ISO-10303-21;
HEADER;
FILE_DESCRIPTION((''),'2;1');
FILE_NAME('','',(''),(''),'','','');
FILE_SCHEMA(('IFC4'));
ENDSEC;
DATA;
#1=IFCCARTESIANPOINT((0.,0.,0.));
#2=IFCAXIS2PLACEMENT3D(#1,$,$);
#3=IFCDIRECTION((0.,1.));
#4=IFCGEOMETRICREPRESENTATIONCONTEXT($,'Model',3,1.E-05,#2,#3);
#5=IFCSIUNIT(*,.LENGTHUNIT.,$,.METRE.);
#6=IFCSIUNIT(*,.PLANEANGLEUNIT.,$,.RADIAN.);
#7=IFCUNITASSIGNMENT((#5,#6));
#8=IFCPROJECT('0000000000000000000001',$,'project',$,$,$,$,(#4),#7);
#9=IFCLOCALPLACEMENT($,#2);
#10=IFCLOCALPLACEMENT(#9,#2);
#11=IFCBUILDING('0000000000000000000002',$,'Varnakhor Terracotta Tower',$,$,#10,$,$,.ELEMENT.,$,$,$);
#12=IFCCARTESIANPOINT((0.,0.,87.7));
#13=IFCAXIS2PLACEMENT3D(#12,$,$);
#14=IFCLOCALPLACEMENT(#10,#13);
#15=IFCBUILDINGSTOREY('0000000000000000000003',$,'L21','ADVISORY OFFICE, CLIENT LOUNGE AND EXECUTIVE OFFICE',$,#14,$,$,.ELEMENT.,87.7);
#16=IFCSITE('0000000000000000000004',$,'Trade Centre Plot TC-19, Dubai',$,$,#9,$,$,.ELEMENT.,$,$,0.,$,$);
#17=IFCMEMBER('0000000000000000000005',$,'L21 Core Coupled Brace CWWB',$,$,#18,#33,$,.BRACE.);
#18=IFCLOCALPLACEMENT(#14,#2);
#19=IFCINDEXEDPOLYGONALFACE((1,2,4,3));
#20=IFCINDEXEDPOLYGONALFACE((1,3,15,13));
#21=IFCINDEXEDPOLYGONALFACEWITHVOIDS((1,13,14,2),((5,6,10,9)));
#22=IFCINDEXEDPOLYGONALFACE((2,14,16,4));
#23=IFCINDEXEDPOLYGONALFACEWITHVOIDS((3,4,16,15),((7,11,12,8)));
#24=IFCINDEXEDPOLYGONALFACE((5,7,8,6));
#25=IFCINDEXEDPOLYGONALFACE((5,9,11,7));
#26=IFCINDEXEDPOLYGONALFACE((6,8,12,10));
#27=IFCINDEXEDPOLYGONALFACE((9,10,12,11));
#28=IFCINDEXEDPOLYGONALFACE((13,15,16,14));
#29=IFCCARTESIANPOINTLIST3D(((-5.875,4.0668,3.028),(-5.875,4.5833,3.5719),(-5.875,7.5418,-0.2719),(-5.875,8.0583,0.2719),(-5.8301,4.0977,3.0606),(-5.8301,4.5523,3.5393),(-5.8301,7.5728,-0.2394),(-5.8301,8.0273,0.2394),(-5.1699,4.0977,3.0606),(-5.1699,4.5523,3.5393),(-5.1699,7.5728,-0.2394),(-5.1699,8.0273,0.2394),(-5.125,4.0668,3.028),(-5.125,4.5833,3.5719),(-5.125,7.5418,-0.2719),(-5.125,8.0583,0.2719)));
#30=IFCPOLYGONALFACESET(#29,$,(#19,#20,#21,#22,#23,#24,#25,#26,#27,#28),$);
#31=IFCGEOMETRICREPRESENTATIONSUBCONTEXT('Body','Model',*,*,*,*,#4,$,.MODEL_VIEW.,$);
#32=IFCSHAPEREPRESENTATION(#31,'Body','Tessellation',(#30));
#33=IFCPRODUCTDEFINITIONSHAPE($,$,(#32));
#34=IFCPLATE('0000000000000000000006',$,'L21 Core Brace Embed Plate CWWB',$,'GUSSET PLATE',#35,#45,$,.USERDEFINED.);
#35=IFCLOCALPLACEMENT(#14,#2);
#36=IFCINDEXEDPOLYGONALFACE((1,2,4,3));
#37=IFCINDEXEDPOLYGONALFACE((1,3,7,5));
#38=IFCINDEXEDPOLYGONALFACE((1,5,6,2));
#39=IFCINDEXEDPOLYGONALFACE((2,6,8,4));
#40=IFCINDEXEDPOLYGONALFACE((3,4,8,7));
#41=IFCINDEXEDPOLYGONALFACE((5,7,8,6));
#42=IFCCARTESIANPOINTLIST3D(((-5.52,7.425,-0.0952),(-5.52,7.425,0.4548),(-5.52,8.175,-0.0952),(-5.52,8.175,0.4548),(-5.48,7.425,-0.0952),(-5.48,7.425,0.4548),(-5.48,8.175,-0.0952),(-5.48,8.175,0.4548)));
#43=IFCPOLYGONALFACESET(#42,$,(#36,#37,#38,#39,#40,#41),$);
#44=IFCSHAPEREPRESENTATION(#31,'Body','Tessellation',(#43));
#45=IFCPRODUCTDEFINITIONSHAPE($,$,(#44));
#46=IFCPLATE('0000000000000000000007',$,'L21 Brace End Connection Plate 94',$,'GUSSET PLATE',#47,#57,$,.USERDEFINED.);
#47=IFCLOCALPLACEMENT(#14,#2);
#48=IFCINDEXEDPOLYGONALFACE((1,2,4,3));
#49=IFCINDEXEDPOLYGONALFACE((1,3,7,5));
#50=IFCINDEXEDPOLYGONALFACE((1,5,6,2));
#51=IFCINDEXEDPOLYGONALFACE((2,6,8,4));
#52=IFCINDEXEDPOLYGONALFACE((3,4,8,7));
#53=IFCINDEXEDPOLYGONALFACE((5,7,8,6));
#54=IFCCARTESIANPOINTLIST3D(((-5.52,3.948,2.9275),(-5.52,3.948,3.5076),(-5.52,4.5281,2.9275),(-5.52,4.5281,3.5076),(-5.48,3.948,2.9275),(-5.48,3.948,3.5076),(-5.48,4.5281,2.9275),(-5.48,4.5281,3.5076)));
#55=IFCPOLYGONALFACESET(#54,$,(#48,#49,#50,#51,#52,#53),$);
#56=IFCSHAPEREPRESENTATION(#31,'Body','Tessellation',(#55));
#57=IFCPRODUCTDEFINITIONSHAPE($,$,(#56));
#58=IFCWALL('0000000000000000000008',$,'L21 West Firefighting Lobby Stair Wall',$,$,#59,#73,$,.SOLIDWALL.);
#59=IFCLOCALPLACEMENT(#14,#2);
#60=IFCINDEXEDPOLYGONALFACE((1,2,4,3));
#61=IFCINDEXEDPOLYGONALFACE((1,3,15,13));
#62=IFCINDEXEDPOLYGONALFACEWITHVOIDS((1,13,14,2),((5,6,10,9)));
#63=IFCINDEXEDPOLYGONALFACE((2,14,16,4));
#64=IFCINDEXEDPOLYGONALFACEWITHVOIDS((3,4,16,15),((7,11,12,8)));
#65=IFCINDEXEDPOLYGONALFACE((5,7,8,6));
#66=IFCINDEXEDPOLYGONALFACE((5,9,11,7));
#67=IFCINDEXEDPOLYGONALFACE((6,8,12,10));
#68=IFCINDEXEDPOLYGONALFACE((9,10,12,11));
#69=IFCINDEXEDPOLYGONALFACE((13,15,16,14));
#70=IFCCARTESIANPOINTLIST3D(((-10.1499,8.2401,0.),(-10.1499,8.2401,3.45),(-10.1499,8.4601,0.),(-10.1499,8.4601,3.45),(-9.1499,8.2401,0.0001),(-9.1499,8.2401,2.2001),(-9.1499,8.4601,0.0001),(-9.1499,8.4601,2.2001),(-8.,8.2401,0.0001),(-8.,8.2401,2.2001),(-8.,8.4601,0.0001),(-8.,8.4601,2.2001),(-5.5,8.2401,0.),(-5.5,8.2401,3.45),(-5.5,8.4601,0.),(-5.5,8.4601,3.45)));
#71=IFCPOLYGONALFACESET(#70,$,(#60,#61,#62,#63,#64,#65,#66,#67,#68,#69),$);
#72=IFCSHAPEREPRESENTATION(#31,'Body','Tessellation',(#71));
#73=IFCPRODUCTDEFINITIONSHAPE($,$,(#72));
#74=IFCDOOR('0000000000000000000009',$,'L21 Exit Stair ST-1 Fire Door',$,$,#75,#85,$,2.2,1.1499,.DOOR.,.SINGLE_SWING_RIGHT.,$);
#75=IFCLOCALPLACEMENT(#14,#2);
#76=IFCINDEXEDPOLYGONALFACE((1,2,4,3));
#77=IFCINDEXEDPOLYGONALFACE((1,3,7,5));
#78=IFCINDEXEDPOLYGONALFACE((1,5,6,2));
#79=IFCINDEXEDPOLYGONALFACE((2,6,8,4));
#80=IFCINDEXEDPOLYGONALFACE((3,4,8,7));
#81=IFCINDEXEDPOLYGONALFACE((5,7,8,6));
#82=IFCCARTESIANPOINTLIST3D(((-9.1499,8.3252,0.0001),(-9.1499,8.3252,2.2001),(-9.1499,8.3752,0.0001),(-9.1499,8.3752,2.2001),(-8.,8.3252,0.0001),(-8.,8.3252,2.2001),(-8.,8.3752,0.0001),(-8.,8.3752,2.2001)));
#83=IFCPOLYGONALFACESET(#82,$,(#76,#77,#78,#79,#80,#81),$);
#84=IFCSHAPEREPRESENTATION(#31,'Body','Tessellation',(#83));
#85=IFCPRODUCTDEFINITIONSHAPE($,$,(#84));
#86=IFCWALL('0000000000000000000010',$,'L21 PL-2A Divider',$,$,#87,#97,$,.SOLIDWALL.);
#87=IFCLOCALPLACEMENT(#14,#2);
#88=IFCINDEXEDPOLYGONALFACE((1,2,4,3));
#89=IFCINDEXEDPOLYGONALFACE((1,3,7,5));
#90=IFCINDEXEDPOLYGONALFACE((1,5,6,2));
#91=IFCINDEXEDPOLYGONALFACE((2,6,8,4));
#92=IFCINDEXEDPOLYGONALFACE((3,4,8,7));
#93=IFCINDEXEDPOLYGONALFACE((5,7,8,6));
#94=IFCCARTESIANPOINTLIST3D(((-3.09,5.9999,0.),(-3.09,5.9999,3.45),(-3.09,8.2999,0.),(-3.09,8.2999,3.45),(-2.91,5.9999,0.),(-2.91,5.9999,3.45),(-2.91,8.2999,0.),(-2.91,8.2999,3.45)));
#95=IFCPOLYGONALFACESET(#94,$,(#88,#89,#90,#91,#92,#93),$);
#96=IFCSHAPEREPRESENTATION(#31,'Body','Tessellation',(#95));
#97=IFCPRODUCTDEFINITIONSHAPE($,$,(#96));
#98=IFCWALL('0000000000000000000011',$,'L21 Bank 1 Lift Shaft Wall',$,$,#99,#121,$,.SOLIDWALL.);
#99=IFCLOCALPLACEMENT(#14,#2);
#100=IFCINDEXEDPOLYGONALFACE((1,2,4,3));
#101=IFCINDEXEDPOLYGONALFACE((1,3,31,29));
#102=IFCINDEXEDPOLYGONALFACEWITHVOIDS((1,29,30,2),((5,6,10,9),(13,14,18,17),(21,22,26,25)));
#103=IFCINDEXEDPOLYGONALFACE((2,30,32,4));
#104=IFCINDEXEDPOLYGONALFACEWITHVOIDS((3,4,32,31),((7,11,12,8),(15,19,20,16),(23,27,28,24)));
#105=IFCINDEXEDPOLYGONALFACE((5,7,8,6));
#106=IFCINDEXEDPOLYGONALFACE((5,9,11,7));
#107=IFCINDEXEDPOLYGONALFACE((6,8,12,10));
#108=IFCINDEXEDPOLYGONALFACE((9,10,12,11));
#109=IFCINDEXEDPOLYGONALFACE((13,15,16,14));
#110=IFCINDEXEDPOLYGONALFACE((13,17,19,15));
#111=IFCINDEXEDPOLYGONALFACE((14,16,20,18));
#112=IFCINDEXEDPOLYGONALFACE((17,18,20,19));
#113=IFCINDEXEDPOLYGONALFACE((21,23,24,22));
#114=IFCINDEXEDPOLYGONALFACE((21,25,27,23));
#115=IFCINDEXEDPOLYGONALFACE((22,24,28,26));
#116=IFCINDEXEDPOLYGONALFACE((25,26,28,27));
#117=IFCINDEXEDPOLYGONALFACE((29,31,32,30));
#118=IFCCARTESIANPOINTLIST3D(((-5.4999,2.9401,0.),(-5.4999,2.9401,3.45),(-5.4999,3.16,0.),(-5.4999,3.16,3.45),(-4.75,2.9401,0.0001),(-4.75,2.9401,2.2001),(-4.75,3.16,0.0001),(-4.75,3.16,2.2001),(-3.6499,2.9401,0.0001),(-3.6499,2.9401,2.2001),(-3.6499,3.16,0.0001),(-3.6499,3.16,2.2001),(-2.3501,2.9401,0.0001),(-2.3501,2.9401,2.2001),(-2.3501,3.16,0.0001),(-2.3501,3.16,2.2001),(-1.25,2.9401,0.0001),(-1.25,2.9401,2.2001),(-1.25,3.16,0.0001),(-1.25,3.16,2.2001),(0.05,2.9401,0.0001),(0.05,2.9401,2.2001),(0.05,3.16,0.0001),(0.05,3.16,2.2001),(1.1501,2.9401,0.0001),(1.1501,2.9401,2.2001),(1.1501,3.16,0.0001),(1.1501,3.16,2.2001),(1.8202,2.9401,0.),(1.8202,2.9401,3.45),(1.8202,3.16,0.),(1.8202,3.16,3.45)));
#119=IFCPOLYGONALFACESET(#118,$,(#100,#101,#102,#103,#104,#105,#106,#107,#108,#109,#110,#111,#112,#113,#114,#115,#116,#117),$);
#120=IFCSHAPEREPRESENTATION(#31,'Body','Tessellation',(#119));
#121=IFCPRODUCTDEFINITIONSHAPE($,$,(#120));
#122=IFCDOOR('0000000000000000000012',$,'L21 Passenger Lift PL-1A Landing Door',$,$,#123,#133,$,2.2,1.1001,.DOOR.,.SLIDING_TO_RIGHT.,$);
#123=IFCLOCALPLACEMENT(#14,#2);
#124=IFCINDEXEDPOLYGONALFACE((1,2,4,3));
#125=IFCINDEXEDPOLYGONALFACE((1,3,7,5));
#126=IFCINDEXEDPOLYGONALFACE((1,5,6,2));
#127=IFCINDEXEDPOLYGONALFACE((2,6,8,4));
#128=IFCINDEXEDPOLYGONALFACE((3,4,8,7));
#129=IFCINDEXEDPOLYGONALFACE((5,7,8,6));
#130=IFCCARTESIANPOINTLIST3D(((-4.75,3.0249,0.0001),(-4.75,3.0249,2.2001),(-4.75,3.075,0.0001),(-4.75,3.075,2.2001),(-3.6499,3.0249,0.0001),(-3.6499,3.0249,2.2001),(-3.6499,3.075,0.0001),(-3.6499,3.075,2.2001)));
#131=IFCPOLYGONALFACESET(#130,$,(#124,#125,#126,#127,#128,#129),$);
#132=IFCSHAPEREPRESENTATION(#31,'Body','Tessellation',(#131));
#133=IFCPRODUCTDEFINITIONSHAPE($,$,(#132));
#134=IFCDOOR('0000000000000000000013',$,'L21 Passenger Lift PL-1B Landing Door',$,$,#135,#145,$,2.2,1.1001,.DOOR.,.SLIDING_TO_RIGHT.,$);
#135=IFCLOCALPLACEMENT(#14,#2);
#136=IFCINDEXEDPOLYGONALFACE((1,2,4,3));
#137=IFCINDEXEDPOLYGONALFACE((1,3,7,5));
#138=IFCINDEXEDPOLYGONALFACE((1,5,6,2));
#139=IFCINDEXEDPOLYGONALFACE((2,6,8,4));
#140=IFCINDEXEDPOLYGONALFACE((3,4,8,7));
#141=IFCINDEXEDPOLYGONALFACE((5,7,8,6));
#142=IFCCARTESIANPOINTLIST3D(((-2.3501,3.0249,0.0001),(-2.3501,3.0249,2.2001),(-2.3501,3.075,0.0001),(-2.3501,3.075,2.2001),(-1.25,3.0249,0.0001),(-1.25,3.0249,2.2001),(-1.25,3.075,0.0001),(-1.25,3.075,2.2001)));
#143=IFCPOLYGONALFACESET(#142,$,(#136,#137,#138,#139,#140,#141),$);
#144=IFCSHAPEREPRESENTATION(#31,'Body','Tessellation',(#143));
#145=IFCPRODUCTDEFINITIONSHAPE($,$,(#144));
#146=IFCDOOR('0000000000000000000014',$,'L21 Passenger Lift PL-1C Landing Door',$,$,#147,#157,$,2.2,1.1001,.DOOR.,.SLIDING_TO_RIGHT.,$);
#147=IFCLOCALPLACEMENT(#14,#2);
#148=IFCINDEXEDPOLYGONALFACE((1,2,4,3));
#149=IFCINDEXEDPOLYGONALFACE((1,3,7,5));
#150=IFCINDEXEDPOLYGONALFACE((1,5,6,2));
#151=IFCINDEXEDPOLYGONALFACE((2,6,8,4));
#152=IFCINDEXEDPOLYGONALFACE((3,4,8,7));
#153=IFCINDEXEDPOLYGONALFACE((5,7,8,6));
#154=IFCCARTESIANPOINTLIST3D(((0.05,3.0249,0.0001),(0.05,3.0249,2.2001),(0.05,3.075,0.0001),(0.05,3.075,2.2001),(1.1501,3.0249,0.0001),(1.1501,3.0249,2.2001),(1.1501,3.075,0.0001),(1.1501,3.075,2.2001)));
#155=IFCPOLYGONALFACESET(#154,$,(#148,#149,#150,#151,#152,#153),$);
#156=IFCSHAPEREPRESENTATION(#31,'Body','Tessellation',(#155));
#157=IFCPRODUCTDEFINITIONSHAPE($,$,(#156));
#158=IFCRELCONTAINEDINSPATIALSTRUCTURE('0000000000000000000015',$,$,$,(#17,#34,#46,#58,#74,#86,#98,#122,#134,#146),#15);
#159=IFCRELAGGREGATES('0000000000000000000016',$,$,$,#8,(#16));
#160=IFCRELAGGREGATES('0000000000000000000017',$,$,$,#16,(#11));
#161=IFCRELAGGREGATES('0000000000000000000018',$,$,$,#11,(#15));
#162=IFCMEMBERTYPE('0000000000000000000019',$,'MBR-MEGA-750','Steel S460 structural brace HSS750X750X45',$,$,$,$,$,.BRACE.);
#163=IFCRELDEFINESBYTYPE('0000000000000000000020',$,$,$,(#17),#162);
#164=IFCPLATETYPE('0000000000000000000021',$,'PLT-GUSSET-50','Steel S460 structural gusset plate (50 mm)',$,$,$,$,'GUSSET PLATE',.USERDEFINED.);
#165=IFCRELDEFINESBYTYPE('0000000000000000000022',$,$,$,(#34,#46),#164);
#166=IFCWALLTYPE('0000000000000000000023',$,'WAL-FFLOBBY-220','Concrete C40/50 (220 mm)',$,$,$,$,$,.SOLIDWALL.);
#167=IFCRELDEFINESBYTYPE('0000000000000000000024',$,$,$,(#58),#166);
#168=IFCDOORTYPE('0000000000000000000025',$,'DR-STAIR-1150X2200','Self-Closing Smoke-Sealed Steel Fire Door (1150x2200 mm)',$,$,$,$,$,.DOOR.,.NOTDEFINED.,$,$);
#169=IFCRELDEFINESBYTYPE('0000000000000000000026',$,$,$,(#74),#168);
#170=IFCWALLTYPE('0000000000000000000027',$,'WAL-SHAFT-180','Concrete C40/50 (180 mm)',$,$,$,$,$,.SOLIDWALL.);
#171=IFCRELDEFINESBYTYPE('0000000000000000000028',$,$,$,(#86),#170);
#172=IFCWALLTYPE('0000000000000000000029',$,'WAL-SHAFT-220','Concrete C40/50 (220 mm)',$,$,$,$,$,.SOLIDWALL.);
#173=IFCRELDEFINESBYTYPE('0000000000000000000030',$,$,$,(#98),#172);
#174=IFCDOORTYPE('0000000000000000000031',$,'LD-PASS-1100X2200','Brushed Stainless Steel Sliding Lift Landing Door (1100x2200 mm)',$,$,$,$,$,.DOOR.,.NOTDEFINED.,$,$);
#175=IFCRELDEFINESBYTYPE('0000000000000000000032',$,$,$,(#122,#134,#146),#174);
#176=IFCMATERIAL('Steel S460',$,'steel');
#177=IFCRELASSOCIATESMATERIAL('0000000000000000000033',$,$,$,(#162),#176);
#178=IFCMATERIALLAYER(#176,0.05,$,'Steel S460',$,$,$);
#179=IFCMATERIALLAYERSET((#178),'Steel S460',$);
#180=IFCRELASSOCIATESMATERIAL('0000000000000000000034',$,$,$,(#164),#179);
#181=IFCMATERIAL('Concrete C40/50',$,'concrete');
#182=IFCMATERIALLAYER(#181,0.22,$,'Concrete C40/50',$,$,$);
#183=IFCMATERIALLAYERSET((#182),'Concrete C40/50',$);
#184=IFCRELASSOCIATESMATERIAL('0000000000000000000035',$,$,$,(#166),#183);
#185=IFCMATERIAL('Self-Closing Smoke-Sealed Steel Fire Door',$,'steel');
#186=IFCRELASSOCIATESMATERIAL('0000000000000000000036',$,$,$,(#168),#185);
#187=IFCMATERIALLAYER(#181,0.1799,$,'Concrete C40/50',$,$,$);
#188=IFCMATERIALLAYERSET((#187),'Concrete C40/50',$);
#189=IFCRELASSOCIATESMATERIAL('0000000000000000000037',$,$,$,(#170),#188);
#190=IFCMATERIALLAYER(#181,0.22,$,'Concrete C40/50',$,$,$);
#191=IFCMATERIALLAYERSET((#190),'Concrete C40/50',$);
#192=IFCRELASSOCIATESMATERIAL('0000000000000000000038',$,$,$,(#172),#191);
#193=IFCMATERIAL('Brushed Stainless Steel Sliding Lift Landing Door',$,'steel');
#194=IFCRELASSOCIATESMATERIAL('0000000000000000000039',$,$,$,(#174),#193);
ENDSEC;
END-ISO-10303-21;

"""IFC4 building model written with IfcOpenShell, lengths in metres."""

from ifc_helpers import new_model, si_unit, direction, frame, frame_2d, origin, origin_2d, place, context, subcontext, project, spatial, rectangle, hollow_rectangle, extrude, source, transform, mapped, material, layer, layer_set, material_profile, profile_set, type_object, type_shapes, element, fill, save


model = new_model("IFC4")

# Units and contexts
model_context = context("Model", 3, precision=1e-05, world=origin(), true_north=direction((0.0, 1.0)))
body_context = subcontext(model_context, "Body", "Model", "MODEL_VIEW")
ifc_project = project(units=[si_unit("LENGTHUNIT", "METRE"), si_unit("PLANEANGLEUNIT", "RADIAN")], contexts=[model_context])

# Site, building, storey
site_placement = place(None, origin())
site = spatial("IfcSite", under=ifc_project, at=site_placement, Name="Trade Centre Plot TC-19, Dubai", CompositionType="ELEMENT", RefElevation=0.0)
building_placement = place(site_placement, origin())
building = spatial("IfcBuilding", under=site, at=building_placement, Name="Varnakhor Terracotta Tower", CompositionType="ELEMENT")
storey_placement = place(building_placement, frame((0.0, 0.0, 87.7)))
storey = spatial("IfcBuildingStorey", under=building, at=storey_placement, Name="L21", Description="ADVISORY OFFICE, CLIENT LOUNGE AND EXECUTIVE OFFICE", CompositionType="ELEMENT", Elevation=87.7)

# Member
ifc_material_1 = material(Name="Steel S460", Category="steel")
ifc_material_profile = material_profile(ifc_material_1, hollow_rectangle(XDim=0.75, YDim=0.75, WallThickness=0.0449, at=origin_2d()), Name="HSS750X750X45")
ifc_profile_set = profile_set([ifc_material_profile], Name="Steel S460")
member_type = type_object("IfcMemberType", Name="MBR-MEGA-750", Description="Steel S460 structural brace HSS750X750X45", PredefinedType="BRACE", material=ifc_profile_set)
shared_shape_1 = source(origin(), body_context, "Body", "SweptSolid", [
    extrude(hollow_rectangle(XDim=0.75, YDim=0.75, WallThickness=0.0449, at=origin_2d()), origin(), (0.0, 0.0, 1.0), 4.7922),
])
member_placement = place(storey_placement, frame((-5.5, 7.8, 0.0), z_axis=(0.0, -0.725134, 0.688608), x_axis=(1.0, 0.0, 0.0)))
element("IfcMember", 1, at=member_placement, inside=storey, type_object=member_type, Name="L21 Core Coupled Brace CWWB", PredefinedType="BRACE", context=body_context, shape_type="MappedRepresentation", body=[
    mapped(shared_shape_1, transform((0.0, 0.0, 0.0), scale=1.0)),
])

# Plates
ifc_layer_1 = layer(ifc_material_1, 0.05, Name="Steel S460")
ifc_layer_set_1 = layer_set([ifc_layer_1], Name="Steel S460")
plate_type = type_object("IfcPlateType", Name="PLT-GUSSET-50", Description="Steel S460 structural gusset plate (50 mm)", ElementType="GUSSET PLATE", PredefinedType="USERDEFINED", material=ifc_layer_set_1)
shared_shape_2 = source(origin(), body_context, "Body", "SweptSolid", [
    extrude(rectangle(XDim=0.75, YDim=0.04, at=origin_2d()), origin(), (0.0, 0.0, 1.0), 0.55),
])
type_shapes(plate_type, [shared_shape_2])
plate_1_placement = place(storey_placement, frame((-5.5, 7.8, -0.0952), z_axis=(0.0, 0.0, 1.0), x_axis=(0.0, 1.0, 0.0)))
element("IfcPlate", 2, at=plate_1_placement, inside=storey, type_object=plate_type, Name="L21 Core Brace Embed Plate CWWB", ObjectType="GUSSET PLATE", PredefinedType="USERDEFINED", context=body_context, shape_type="MappedRepresentation", body=[
    mapped(shared_shape_2, transform((0.0, 0.0, 0.0), scale=1.0)),
])
shared_shape_3 = source(origin(), body_context, "Body", "SweptSolid", [
    extrude(rectangle(XDim=0.5801, YDim=0.04, at=origin_2d()), origin(), (0.0, 0.0, 1.0), 0.5801),
])
plate_2_placement = place(storey_placement, frame((-5.5, 4.238, 2.9275), z_axis=(0.0, 0.0, 1.0), x_axis=(0.0, 1.0, 0.0)))
element("IfcPlate", 3, at=plate_2_placement, inside=storey, type_object=plate_type, Name="L21 Brace End Connection Plate 94", ObjectType="GUSSET PLATE", PredefinedType="USERDEFINED", context=body_context, shape_type="MappedRepresentation", body=[
    mapped(shared_shape_3, transform((0.0, 0.0, 0.0), scale=1.0)),
])

# Wall, opening, door
ifc_material_2 = material(Name="Concrete C40/50", Category="concrete")
ifc_layer_2 = layer(ifc_material_2, 0.22, Name="Concrete C40/50")
ifc_layer_set_2 = layer_set([ifc_layer_2], Name="Concrete C40/50")
wall_type_1 = type_object("IfcWallType", Name="WAL-FFLOBBY-220", Description="Concrete C40/50 (220 mm)", PredefinedType="SOLIDWALL", material=ifc_layer_set_2)
wall_1_placement = place(storey_placement, frame((-5.5, 8.3501, 0.0), z_axis=(0.0, 0.0, 1.0), x_axis=(-1.0, 0.0, 0.0)))
wall_1 = element("IfcWall", 4, at=wall_1_placement, inside=storey, type_object=wall_type_1, Name="L21 West Firefighting Lobby Stair Wall", PredefinedType="SOLIDWALL", context=body_context, shape_type="SweptSolid", body=[
    extrude(rectangle(XDim=4.6499, YDim=0.22, at=frame_2d((2.325, 0.0))), origin(), (0.0, 0.0, 1.0), 3.45),
])
opening_1_placement = place(wall_1_placement, frame((2.5, 0.0, 0.0)))
opening_1 = element("IfcOpeningElement", 5, at=opening_1_placement, cuts=wall_1, PredefinedType="OPENING", context=body_context, shape_type="SweptSolid", body=[
    extrude(rectangle(XDim=1.1499, YDim=2.2, at=frame_2d((0.575, 1.1001))), frame((0.0, 0.1201, 0.0), z_axis=(0.0, -1.0, 0.0), x_axis=(1.0, 0.0, 0.0)), (0.0, 0.0, 1.0), 0.24),
])
ifc_material_3 = material(Name="Self-Closing Smoke-Sealed Steel Fire Door", Category="steel")
door_type_1 = type_object("IfcDoorType", Name="DR-STAIR-1150X2200", Description="Self-Closing Smoke-Sealed Steel Fire Door (1150x2200 mm)", OperationType="NOTDEFINED", PredefinedType="DOOR", material=ifc_material_3)
shared_shape_4 = source(origin(), body_context, "Body", "SweptSolid", [
    extrude(rectangle(XDim=1.1499, YDim=2.2, at=frame_2d((0.575, 1.1001))), frame((0.0, 0.0249, 0.0), z_axis=(0.0, -1.0, 0.0), x_axis=(1.0, 0.0, 0.0)), (0.0, 0.0, 1.0), 0.05),
])
type_shapes(door_type_1, [shared_shape_4])
door_1_placement = place(opening_1_placement, origin())
door_1 = element("IfcDoor", 6, at=door_1_placement, inside=storey, type_object=door_type_1, Name="L21 Exit Stair ST-1 Fire Door", OperationType="SINGLE_SWING_RIGHT", OverallHeight=2.2, OverallWidth=1.1499, PredefinedType="DOOR", context=body_context, shape_type="MappedRepresentation", body=[
    mapped(shared_shape_4, transform((0.0, 0.0, 0.0), scale=1.0)),
])
fill(opening_1, door_1)

# Wall
ifc_layer_3 = layer(ifc_material_2, 0.1799, Name="Concrete C40/50")
ifc_layer_set_3 = layer_set([ifc_layer_3], Name="Concrete C40/50")
wall_type_2 = type_object("IfcWallType", Name="WAL-SHAFT-180", Description="Concrete C40/50 (180 mm)", PredefinedType="SOLIDWALL", material=ifc_layer_set_3)
wall_2_placement = place(storey_placement, frame((-3.0, 6.0, 0.0), z_axis=(0.0, 0.0, 1.0), x_axis=(0.0, 1.0, 0.0)))
element("IfcWall", 7, at=wall_2_placement, inside=storey, type_object=wall_type_2, Name="L21 PL-2A Divider", PredefinedType="SOLIDWALL", context=body_context, shape_type="SweptSolid", body=[
    extrude(rectangle(XDim=2.3, YDim=0.1799, at=frame_2d((1.1499, 0.0))), origin(), (0.0, 0.0, 1.0), 3.45),
])

# Wall, openings, doors
ifc_layer_4 = layer(ifc_material_2, 0.22, Name="Concrete C40/50")
ifc_layer_set_4 = layer_set([ifc_layer_4], Name="Concrete C40/50")
wall_type_3 = type_object("IfcWallType", Name="WAL-SHAFT-220", Description="Concrete C40/50 (220 mm)", PredefinedType="SOLIDWALL", material=ifc_layer_set_4)
wall_3_placement = place(storey_placement, frame((-5.5, 3.05, 0.0), z_axis=(0.0, 0.0, 1.0), x_axis=(1.0, 0.0, 0.0)))
wall_3 = element("IfcWall", 8, at=wall_3_placement, inside=storey, type_object=wall_type_3, Name="L21 Bank 1 Lift Shaft Wall", PredefinedType="SOLIDWALL", context=body_context, shape_type="SweptSolid", body=[
    extrude(rectangle(XDim=7.3201, YDim=0.22, at=frame_2d((3.6602, 0.0))), origin(), (0.0, 0.0, 1.0), 3.45),
])
opening_2_placement = place(wall_3_placement, frame((0.75, 0.0, 0.0)))
opening_2 = element("IfcOpeningElement", 9, at=opening_2_placement, cuts=wall_3, PredefinedType="OPENING", context=body_context, shape_type="SweptSolid", body=[
    extrude(rectangle(XDim=1.1001, YDim=2.2, at=frame_2d((0.55, 1.1001))), frame((0.0, 0.1201, 0.0), z_axis=(0.0, -1.0, 0.0), x_axis=(1.0, 0.0, 0.0)), (0.0, 0.0, 1.0), 0.24),
])
opening_3_placement = place(wall_3_placement, frame((3.1499, 0.0, 0.0)))
opening_3 = element("IfcOpeningElement", 10, at=opening_3_placement, cuts=wall_3, PredefinedType="OPENING", context=body_context, shape_type="SweptSolid", body=[
    extrude(rectangle(XDim=1.1001, YDim=2.2, at=frame_2d((0.55, 1.1001))), frame((0.0, 0.1201, 0.0), z_axis=(0.0, -1.0, 0.0), x_axis=(1.0, 0.0, 0.0)), (0.0, 0.0, 1.0), 0.24),
])
opening_4_placement = place(wall_3_placement, frame((5.55, 0.0, 0.0)))
opening_4 = element("IfcOpeningElement", 11, at=opening_4_placement, cuts=wall_3, PredefinedType="OPENING", context=body_context, shape_type="SweptSolid", body=[
    extrude(rectangle(XDim=1.1001, YDim=2.2, at=frame_2d((0.55, 1.1001))), frame((0.0, 0.1201, 0.0), z_axis=(0.0, -1.0, 0.0), x_axis=(1.0, 0.0, 0.0)), (0.0, 0.0, 1.0), 0.24),
])
ifc_material_4 = material(Name="Brushed Stainless Steel Sliding Lift Landing Door", Category="steel")
door_type_2 = type_object("IfcDoorType", Name="LD-PASS-1100X2200", Description="Brushed Stainless Steel Sliding Lift Landing Door (1100x2200 mm)", OperationType="NOTDEFINED", PredefinedType="DOOR", material=ifc_material_4)
shared_shape_5 = source(origin(), body_context, "Body", "SweptSolid", [
    extrude(rectangle(XDim=1.1001, YDim=2.2, at=frame_2d((0.55, 1.1001))), frame((0.0, 0.0249, 0.0), z_axis=(0.0, -1.0, 0.0), x_axis=(1.0, 0.0, 0.0)), (0.0, 0.0, 1.0), 0.05),
])
type_shapes(door_type_2, [shared_shape_5])
door_2_placement = place(opening_2_placement, origin())
door_2 = element("IfcDoor", 12, at=door_2_placement, inside=storey, type_object=door_type_2, Name="L21 Passenger Lift PL-1A Landing Door", OperationType="SLIDING_TO_RIGHT", OverallHeight=2.2, OverallWidth=1.1001, PredefinedType="DOOR", context=body_context, shape_type="MappedRepresentation", body=[
    mapped(shared_shape_5, transform((0.0, 0.0, 0.0), scale=1.0)),
])
fill(opening_2, door_2)
door_3_placement = place(opening_3_placement, origin())
door_3 = element("IfcDoor", 13, at=door_3_placement, inside=storey, type_object=door_type_2, Name="L21 Passenger Lift PL-1B Landing Door", OperationType="SLIDING_TO_RIGHT", OverallHeight=2.2, OverallWidth=1.1001, PredefinedType="DOOR", context=body_context, shape_type="MappedRepresentation", body=[
    mapped(shared_shape_5, transform((0.0, 0.0, 0.0), scale=1.0)),
])
fill(opening_3, door_3)
door_4_placement = place(opening_4_placement, origin())
door_4 = element("IfcDoor", 14, at=door_4_placement, inside=storey, type_object=door_type_2, Name="L21 Passenger Lift PL-1C Landing Door", OperationType="SLIDING_TO_RIGHT", OverallHeight=2.2, OverallWidth=1.1001, PredefinedType="DOOR", context=body_context, shape_type="MappedRepresentation", body=[
    mapped(shared_shape_5, transform((0.0, 0.0, 0.0), scale=1.0)),
])
fill(opening_4, door_4)

save(model, "model.ifc")
